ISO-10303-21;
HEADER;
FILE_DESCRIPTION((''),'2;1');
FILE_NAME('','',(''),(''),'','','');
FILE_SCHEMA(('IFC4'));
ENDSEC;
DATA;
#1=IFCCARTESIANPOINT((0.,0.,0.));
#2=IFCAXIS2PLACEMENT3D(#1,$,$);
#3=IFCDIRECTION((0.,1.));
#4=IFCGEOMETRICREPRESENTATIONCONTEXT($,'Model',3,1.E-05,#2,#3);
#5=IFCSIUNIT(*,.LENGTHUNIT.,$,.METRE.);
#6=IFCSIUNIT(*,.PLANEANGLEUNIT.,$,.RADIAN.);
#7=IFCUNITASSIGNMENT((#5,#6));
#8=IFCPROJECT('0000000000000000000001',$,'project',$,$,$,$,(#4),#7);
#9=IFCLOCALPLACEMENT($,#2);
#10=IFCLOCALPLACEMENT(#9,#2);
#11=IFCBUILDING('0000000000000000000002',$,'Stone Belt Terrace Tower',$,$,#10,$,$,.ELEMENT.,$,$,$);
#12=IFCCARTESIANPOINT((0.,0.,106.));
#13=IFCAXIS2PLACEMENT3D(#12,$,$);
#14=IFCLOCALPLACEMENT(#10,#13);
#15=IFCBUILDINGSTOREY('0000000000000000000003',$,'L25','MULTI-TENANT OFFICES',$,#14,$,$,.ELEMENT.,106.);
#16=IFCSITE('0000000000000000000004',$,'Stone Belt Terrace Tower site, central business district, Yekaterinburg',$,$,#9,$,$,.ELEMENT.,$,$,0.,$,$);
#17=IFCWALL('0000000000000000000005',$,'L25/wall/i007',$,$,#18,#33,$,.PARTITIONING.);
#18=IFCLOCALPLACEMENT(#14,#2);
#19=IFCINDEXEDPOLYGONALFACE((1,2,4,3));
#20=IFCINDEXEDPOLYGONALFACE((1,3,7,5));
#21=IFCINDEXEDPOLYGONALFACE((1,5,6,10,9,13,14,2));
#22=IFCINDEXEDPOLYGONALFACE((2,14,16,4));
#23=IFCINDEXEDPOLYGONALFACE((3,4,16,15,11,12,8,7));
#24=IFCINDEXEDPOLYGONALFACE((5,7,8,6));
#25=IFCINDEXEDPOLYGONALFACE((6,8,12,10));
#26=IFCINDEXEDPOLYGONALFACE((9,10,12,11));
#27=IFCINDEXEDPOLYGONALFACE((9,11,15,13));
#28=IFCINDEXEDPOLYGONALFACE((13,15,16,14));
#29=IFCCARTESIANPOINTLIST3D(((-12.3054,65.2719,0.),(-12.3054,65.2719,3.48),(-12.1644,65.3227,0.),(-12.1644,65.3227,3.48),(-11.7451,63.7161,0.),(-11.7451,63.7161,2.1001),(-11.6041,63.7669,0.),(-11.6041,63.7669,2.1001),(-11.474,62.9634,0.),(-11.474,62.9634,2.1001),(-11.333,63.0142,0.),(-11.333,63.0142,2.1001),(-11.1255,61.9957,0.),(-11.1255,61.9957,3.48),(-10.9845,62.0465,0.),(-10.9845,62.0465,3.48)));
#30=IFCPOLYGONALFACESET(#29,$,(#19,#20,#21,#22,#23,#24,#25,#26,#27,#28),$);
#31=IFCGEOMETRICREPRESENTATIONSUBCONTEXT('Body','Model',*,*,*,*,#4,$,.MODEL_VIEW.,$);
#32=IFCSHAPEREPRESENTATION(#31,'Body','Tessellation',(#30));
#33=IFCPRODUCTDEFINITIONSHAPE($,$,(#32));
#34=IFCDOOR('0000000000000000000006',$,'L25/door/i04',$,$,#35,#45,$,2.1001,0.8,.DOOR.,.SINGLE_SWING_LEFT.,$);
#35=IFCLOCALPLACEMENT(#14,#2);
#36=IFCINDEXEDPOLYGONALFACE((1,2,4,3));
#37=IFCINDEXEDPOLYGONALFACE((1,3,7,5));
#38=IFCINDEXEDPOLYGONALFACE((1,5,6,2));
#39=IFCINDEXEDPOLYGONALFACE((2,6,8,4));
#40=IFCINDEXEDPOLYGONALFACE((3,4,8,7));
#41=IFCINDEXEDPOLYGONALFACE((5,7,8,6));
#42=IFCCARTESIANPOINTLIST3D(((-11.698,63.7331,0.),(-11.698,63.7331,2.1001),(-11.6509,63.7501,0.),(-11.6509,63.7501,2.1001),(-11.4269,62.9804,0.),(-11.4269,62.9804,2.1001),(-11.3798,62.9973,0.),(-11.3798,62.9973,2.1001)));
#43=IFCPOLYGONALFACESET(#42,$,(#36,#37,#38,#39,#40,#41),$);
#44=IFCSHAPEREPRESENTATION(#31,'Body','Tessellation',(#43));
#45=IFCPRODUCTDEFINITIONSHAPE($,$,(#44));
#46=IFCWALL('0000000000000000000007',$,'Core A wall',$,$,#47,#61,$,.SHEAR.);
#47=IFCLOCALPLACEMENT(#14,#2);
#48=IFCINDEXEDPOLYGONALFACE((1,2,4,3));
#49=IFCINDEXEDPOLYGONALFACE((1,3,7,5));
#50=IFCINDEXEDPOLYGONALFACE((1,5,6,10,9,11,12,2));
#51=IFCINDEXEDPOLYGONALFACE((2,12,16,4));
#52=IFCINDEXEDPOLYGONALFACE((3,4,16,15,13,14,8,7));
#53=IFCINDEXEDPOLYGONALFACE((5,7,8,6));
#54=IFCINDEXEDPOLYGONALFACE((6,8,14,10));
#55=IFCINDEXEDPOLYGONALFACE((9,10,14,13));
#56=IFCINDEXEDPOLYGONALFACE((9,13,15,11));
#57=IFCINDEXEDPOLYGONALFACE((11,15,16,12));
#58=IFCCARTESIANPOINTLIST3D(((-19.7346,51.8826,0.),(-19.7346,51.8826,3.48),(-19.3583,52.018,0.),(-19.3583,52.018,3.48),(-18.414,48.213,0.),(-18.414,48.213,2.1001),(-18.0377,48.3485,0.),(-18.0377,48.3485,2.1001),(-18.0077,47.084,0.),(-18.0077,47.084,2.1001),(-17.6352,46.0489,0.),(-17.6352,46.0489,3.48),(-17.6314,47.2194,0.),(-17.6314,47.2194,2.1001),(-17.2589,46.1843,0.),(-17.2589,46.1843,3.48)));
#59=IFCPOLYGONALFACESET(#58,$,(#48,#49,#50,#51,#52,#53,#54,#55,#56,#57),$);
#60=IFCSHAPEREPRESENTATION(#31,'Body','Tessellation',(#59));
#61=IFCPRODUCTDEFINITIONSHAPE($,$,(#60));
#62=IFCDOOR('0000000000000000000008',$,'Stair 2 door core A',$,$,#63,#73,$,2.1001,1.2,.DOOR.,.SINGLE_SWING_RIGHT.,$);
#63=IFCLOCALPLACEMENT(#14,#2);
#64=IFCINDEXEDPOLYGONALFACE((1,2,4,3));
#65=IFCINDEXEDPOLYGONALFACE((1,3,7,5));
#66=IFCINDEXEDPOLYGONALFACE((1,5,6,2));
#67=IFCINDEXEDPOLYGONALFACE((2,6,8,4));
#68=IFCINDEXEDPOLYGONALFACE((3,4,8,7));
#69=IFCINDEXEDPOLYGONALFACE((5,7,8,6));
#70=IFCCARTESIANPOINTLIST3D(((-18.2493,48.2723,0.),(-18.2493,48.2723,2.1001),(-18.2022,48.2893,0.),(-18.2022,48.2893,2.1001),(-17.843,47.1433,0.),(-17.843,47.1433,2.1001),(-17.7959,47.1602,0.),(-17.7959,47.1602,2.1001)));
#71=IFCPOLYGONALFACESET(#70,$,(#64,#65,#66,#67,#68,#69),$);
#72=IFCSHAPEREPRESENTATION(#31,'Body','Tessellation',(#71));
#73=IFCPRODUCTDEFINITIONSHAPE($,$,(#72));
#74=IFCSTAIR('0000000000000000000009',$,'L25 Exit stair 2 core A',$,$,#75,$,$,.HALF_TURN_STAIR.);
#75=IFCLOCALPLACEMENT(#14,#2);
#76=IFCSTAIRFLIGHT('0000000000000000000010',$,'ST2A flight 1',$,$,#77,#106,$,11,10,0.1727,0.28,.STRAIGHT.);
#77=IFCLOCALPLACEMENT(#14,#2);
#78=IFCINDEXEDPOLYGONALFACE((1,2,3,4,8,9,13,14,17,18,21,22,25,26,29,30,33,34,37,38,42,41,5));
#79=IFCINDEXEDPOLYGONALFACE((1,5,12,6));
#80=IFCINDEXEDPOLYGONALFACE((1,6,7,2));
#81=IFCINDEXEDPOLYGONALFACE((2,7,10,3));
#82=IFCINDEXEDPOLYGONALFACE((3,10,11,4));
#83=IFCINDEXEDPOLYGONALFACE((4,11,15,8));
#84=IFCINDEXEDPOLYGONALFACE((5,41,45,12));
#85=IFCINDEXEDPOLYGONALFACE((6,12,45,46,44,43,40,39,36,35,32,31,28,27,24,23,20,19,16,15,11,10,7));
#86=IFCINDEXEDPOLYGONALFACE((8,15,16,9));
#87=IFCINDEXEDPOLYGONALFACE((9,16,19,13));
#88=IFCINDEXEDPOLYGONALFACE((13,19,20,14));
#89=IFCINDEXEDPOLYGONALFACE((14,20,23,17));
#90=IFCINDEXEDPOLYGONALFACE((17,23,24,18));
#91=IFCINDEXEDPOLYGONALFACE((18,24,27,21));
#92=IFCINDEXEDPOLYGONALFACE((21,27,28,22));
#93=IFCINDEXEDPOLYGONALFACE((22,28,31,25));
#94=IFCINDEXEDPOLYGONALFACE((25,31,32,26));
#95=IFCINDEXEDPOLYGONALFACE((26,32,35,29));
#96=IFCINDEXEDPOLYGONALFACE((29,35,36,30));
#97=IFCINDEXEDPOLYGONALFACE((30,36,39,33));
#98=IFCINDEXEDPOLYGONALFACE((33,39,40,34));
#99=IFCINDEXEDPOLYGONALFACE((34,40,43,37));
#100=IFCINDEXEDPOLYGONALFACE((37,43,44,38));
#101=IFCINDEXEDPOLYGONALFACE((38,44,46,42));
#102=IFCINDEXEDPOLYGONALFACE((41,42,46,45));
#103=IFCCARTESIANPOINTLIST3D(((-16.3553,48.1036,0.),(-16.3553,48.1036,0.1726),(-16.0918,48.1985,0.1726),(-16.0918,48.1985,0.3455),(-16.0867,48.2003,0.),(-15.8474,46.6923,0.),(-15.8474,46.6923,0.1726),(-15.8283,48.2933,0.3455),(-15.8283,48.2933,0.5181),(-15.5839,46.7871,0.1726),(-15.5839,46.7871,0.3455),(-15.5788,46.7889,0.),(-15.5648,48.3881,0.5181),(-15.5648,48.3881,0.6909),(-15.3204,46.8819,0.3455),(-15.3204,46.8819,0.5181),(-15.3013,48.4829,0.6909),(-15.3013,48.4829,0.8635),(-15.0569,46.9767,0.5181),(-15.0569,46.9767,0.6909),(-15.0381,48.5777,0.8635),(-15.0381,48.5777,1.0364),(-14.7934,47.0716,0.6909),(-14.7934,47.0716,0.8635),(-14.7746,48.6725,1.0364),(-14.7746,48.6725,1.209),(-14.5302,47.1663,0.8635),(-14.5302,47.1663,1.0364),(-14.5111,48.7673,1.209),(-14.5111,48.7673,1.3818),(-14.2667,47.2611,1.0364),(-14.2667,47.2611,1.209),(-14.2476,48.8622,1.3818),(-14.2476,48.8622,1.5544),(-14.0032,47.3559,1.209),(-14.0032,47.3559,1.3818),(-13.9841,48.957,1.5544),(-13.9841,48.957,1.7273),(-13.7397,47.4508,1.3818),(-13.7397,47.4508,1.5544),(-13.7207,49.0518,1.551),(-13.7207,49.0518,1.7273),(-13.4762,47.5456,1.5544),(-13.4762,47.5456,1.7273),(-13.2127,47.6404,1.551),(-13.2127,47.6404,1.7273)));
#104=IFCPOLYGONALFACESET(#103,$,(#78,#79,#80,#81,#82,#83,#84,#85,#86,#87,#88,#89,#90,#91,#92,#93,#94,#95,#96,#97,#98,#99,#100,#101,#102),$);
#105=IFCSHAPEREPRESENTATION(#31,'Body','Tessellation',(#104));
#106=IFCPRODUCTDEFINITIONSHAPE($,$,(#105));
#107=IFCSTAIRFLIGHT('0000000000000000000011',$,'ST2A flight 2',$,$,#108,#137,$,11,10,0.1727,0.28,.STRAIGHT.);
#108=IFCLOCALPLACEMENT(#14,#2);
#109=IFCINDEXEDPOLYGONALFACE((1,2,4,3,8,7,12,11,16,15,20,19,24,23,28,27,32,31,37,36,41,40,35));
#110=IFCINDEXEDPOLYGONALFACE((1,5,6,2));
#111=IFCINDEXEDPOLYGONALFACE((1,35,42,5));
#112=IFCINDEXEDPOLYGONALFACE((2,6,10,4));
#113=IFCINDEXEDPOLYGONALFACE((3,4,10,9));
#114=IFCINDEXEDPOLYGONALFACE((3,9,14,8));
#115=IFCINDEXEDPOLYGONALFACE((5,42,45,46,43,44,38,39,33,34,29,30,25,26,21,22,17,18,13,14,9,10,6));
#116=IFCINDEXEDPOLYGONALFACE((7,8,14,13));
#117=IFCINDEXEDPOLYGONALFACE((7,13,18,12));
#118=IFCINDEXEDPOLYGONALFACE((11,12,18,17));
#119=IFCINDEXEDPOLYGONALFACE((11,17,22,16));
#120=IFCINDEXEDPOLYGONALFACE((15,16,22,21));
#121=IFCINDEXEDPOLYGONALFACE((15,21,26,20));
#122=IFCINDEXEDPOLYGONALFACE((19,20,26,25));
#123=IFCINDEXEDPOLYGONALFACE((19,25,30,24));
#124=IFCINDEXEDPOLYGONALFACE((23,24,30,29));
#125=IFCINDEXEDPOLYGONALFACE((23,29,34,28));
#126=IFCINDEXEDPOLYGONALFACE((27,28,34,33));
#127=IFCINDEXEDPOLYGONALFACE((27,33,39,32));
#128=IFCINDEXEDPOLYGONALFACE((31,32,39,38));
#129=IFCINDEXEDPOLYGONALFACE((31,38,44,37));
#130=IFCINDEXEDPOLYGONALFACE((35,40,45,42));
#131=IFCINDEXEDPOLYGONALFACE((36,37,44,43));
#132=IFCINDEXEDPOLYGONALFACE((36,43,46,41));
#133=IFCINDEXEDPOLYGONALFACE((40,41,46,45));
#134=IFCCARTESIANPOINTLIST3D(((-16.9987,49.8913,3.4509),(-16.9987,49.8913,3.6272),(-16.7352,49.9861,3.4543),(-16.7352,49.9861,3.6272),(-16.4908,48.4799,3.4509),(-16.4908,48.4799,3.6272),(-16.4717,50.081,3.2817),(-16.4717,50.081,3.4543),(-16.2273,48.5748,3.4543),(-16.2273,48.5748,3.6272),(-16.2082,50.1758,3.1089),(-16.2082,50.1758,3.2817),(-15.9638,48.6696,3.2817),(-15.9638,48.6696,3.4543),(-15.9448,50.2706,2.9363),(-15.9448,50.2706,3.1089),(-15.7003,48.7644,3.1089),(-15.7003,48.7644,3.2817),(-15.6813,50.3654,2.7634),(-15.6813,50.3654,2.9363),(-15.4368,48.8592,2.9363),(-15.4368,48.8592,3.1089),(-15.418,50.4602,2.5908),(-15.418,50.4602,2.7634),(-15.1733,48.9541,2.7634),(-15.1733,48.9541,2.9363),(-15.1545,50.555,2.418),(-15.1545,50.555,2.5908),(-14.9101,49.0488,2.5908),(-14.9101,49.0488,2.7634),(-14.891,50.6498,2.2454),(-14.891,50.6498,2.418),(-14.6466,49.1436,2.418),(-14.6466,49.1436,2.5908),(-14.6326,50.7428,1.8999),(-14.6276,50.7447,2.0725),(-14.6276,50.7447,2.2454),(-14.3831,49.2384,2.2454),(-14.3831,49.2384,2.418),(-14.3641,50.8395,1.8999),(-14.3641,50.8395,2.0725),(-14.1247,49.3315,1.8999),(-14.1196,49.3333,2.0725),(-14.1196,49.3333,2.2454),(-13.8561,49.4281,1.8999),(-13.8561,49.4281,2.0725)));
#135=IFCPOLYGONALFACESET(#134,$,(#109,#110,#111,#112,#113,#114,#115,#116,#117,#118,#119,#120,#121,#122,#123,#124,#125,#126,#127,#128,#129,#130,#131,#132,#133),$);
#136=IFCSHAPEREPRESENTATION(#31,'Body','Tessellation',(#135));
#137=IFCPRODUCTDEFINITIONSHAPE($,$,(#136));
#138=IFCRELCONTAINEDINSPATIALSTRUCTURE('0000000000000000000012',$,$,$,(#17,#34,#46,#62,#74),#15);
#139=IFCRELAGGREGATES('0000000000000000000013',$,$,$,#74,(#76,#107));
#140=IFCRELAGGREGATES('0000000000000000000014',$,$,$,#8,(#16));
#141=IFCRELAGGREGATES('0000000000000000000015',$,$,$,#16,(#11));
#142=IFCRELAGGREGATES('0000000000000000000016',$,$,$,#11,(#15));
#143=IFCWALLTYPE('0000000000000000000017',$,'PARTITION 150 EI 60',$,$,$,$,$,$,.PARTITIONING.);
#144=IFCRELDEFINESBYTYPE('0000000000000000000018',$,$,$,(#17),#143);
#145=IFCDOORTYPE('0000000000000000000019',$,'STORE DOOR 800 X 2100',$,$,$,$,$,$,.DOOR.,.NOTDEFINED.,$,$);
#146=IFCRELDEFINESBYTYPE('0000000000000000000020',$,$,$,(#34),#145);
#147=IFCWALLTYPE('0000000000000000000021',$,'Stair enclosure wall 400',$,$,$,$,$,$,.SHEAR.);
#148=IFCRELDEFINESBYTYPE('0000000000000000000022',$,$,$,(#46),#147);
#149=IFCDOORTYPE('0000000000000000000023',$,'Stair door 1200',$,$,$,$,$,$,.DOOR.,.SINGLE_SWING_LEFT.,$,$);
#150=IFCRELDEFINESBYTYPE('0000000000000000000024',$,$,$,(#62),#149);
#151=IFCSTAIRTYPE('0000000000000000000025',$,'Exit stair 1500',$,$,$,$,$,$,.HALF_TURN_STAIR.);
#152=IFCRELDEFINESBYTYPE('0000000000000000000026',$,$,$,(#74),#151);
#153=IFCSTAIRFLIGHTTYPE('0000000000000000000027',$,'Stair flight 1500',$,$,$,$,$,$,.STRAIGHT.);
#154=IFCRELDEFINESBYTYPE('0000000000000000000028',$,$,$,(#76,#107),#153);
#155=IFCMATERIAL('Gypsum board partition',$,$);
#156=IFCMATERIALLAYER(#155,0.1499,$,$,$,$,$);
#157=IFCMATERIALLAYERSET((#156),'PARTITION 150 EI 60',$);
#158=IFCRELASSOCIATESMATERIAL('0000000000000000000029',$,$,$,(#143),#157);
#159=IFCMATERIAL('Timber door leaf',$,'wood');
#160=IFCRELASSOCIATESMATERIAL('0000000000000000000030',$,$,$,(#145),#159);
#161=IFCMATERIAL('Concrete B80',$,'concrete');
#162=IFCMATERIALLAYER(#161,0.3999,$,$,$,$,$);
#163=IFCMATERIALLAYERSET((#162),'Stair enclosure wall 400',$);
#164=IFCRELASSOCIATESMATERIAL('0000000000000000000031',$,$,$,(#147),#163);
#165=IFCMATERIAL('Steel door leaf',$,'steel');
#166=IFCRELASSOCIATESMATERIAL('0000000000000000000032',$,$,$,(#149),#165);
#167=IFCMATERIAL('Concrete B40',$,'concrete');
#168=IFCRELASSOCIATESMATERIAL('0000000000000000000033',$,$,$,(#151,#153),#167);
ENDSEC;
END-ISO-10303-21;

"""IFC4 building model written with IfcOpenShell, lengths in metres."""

from ifc_helpers import new_model, si_unit, direction, frame, frame_2d, origin, place, context, subcontext, project, spatial, polyline, rectangle, outline, extrude, material, layer, layer_set, type_object, element, fill, aggregate, save


model = new_model("IFC4")

# Units and contexts
model_context = context("Model", 3, precision=1e-05, world=origin(), true_north=direction((0.0, 1.0)))
body_context = subcontext(model_context, "Body", "Model", "MODEL_VIEW")
ifc_project = project(units=[si_unit("LENGTHUNIT", "METRE"), si_unit("PLANEANGLEUNIT", "RADIAN")], contexts=[model_context])

# Site, building, storey
site_placement = place(None, origin())
site = spatial("IfcSite", under=ifc_project, at=site_placement, Name="Stone Belt Terrace Tower site, central business district, Yekaterinburg", CompositionType="ELEMENT", RefElevation=0.0)
building_placement = place(site_placement, origin())
building = spatial("IfcBuilding", under=site, at=building_placement, Name="Stone Belt Terrace Tower", CompositionType="ELEMENT")
storey_placement = place(building_placement, frame((0.0, 0.0, 106.0)))
storey = spatial("IfcBuildingStorey", under=building, at=storey_placement, Name="L25", Description="MULTI-TENANT OFFICES", CompositionType="ELEMENT", Elevation=106.0)

# Shared definitions
ifc_material_1 = material(Name="Concrete B80", Category="concrete")

# Walls, openings, doors
ifc_material_2 = material(Name="Gypsum board partition")
ifc_layer_1 = layer(ifc_material_2, 0.1499)
ifc_layer_set_1 = layer_set([ifc_layer_1], Name="PARTITION 150 EI 60")
wall_type_1 = type_object("IfcWallType", Name="PARTITION 150 EI 60", PredefinedType="PARTITIONING", material=ifc_layer_set_1)
wall_1_placement = place(storey_placement, frame((-11.0549, 62.021, 0.0), z_axis=(0.0, 0.0, 1.0), x_axis=(-0.338854, 0.940839, 0.0)))
wall_1 = element("IfcWall", 1, at=wall_1_placement, inside=storey, type_object=wall_type_1, Name="L25/wall/i007", PredefinedType="PARTITIONING", context=body_context, shape_type="SweptSolid", body=[
    extrude(rectangle(XDim=3.4822, YDim=0.1499, at=frame_2d((1.7412, 0.0))), origin(), (0.0, 0.0, 1.0), 3.48),
])
opening_1_placement = place(wall_1_placement, frame((1.0288, 0.0, 0.0)))
opening_1 = element("IfcOpeningElement", 2, at=opening_1_placement, cuts=wall_1, PredefinedType="OPENING", context=body_context, shape_type="SweptSolid", body=[
    extrude(rectangle(XDim=0.8, YDim=2.1001, at=frame_2d((0.3999, 1.05))), frame((0.0, 0.085, 0.0), z_axis=(0.0, -1.0, 0.0), x_axis=(1.0, 0.0, 0.0)), (0.0, 0.0, 1.0), 0.1699),
])
ifc_material_3 = material(Name="Timber door leaf", Category="wood")
door_type_1 = type_object("IfcDoorType", Name="STORE DOOR 800 X 2100", OperationType="NOTDEFINED", PredefinedType="DOOR", material=ifc_material_3)
door_1_placement = place(opening_1_placement, origin())
door_1 = element("IfcDoor", 3, at=door_1_placement, inside=storey, type_object=door_type_1, Name="L25/door/i04", OperationType="SINGLE_SWING_LEFT", OverallHeight=2.1001, OverallWidth=0.8, PredefinedType="DOOR", context=body_context, shape_type="SweptSolid", body=[
    extrude(rectangle(XDim=0.8, YDim=2.1001, at=frame_2d((0.3999, 1.05))), frame((0.0, 0.0249, 0.0), z_axis=(0.0, -1.0, 0.0), x_axis=(1.0, 0.0, 0.0)), (0.0, 0.0, 1.0), 0.05),
])
fill(opening_1, door_1)
ifc_layer_2 = layer(ifc_material_1, 0.3999)
ifc_layer_set_2 = layer_set([ifc_layer_2], Name="Stair enclosure wall 400")
wall_type_2 = type_object("IfcWallType", Name="Stair enclosure wall 400", PredefinedType="SHEAR", material=ifc_layer_set_2)
wall_2_placement = place(storey_placement, frame((-17.447, 46.1165, 0.0), z_axis=(0.0, 0.0, 1.0), x_axis=(-0.338608, 0.940928, 0.0)))
wall_2 = element("IfcWall", 4, at=wall_2_placement, inside=storey, type_object=wall_type_2, Name="Core A wall", PredefinedType="SHEAR", context=body_context, shape_type="SweptSolid", body=[
    extrude(rectangle(XDim=6.2, YDim=0.3999, at=frame_2d((3.1001, 0.0))), origin(), (0.0, 0.0, 1.0), 3.48),
])
opening_2_placement = place(wall_2_placement, frame((1.1001, 0.0, 0.0)))
opening_2 = element("IfcOpeningElement", 5, at=opening_2_placement, cuts=wall_2, PredefinedType="OPENING", context=body_context, shape_type="SweptSolid", body=[
    extrude(rectangle(XDim=1.2, YDim=2.1001, at=frame_2d((0.6001, 1.05))), frame((0.0, 0.21, 0.0), z_axis=(0.0, -1.0, 0.0), x_axis=(1.0, 0.0, 0.0)), (0.0, 0.0, 1.0), 0.4199),
])
ifc_material_4 = material(Name="Steel door leaf", Category="steel")
door_type_2 = type_object("IfcDoorType", Name="Stair door 1200", OperationType="SINGLE_SWING_LEFT", PredefinedType="DOOR", material=ifc_material_4)
door_2_placement = place(opening_2_placement, origin())
door_2 = element("IfcDoor", 6, at=door_2_placement, inside=storey, type_object=door_type_2, Name="Stair 2 door core A", OperationType="SINGLE_SWING_RIGHT", OverallHeight=2.1001, OverallWidth=1.2, PredefinedType="DOOR", context=body_context, shape_type="SweptSolid", body=[
    extrude(rectangle(XDim=1.2, YDim=2.1001, at=frame_2d((0.6001, 1.05))), frame((0.0, 0.0249, 0.0), z_axis=(0.0, -1.0, 0.0), x_axis=(1.0, 0.0, 0.0)), (0.0, 0.0, 1.0), 0.05),
])
fill(opening_2, door_2)

# Stair, stair flights
ifc_material_5 = material(Name="Concrete B40", Category="concrete")
stair_type = type_object("IfcStairType", Name="Exit stair 1500", PredefinedType="HALF_TURN_STAIR", material=ifc_material_5)
stair_placement = place(storey_placement, origin())
stair = element("IfcStair", 7, at=stair_placement, inside=storey, type_object=stair_type, Name="L25 Exit stair 2 core A", PredefinedType="HALF_TURN_STAIR")
stair_flight_type = type_object("IfcStairFlightType", Name="Stair flight 1500", PredefinedType="STRAIGHT", material=ifc_material_5)
stair_flight_1_placement = place(storey_placement, frame((-16.1013, 47.3979, 0.0), z_axis=(0.0, 0.0, 1.0), x_axis=(0.940922, 0.338624, 0.0)))
stair_flight_1 = element("IfcStairFlight", 8, at=stair_flight_1_placement, type_object=stair_flight_type, Name="ST2A flight 1", NumberOfRisers=11, NumberOfTreads=10, PredefinedType="STRAIGHT", RiserHeight=0.1727, TreadLength=0.28, context=body_context, shape_type="SweptSolid", body=[
    extrude(outline(polyline([(0.0, 0.0), (0.0, 0.1726), (0.28, 0.1726), (0.28, 0.3455), (0.5601, 0.3455), (0.5601, 0.5181), (0.8401, 0.5181), (0.8401, 0.6909), (1.1201, 0.6909), (1.1201, 0.8635), (1.3999, 0.8635), (1.3999, 1.0364), (1.6799, 1.0364), (1.6799, 1.209), (1.96, 1.209), (1.96, 1.3818), (2.24, 1.3818), (2.24, 1.5544), (2.52, 1.5544), (2.52, 1.7273), (2.8, 1.7273), (2.8, 1.8999), (2.8, 1.551), (0.2854, 0.0), (0.0, 0.0)])), frame((0.0, 0.75, 0.0), z_axis=(0.0, -1.0, 0.0), x_axis=(1.0, 0.0, 0.0)), (0.0, 0.0, 1.0), 1.5),
])
stair_flight_2_placement = place(storey_placement, frame((-14.1101, 50.1338, 1.8999), z_axis=(0.0, 0.0, 1.0), x_axis=(-0.940922, -0.338624, 0.0)))
stair_flight_2 = element("IfcStairFlight", 9, at=stair_flight_2_placement, type_object=stair_flight_type, Name="ST2A flight 2", NumberOfRisers=11, NumberOfTreads=10, PredefinedType="STRAIGHT", RiserHeight=0.1727, TreadLength=0.28, context=body_context, shape_type="SweptSolid", body=[
    extrude(outline(polyline([(0.0, 0.0), (0.0, 0.1726), (0.28, 0.1726), (0.28, 0.3455), (0.5601, 0.3455), (0.5601, 0.5181), (0.8401, 0.5181), (0.8401, 0.6909), (1.1201, 0.6909), (1.1201, 0.8635), (1.3999, 0.8635), (1.3999, 1.0364), (1.6799, 1.0364), (1.6799, 1.209), (1.96, 1.209), (1.96, 1.3818), (2.24, 1.3818), (2.24, 1.5544), (2.52, 1.5544), (2.52, 1.7273), (2.8, 1.7273), (2.8, 1.8999), (2.8, 1.551), (0.2854, 0.0), (0.0, 0.0)])), frame((0.0, 0.75, 0.0), z_axis=(0.0, -1.0, 0.0), x_axis=(1.0, 0.0, 0.0)), (0.0, 0.0, 1.0), 1.5),
])
aggregate(stair, [stair_flight_1, stair_flight_2])

save(model, "model.ifc")
